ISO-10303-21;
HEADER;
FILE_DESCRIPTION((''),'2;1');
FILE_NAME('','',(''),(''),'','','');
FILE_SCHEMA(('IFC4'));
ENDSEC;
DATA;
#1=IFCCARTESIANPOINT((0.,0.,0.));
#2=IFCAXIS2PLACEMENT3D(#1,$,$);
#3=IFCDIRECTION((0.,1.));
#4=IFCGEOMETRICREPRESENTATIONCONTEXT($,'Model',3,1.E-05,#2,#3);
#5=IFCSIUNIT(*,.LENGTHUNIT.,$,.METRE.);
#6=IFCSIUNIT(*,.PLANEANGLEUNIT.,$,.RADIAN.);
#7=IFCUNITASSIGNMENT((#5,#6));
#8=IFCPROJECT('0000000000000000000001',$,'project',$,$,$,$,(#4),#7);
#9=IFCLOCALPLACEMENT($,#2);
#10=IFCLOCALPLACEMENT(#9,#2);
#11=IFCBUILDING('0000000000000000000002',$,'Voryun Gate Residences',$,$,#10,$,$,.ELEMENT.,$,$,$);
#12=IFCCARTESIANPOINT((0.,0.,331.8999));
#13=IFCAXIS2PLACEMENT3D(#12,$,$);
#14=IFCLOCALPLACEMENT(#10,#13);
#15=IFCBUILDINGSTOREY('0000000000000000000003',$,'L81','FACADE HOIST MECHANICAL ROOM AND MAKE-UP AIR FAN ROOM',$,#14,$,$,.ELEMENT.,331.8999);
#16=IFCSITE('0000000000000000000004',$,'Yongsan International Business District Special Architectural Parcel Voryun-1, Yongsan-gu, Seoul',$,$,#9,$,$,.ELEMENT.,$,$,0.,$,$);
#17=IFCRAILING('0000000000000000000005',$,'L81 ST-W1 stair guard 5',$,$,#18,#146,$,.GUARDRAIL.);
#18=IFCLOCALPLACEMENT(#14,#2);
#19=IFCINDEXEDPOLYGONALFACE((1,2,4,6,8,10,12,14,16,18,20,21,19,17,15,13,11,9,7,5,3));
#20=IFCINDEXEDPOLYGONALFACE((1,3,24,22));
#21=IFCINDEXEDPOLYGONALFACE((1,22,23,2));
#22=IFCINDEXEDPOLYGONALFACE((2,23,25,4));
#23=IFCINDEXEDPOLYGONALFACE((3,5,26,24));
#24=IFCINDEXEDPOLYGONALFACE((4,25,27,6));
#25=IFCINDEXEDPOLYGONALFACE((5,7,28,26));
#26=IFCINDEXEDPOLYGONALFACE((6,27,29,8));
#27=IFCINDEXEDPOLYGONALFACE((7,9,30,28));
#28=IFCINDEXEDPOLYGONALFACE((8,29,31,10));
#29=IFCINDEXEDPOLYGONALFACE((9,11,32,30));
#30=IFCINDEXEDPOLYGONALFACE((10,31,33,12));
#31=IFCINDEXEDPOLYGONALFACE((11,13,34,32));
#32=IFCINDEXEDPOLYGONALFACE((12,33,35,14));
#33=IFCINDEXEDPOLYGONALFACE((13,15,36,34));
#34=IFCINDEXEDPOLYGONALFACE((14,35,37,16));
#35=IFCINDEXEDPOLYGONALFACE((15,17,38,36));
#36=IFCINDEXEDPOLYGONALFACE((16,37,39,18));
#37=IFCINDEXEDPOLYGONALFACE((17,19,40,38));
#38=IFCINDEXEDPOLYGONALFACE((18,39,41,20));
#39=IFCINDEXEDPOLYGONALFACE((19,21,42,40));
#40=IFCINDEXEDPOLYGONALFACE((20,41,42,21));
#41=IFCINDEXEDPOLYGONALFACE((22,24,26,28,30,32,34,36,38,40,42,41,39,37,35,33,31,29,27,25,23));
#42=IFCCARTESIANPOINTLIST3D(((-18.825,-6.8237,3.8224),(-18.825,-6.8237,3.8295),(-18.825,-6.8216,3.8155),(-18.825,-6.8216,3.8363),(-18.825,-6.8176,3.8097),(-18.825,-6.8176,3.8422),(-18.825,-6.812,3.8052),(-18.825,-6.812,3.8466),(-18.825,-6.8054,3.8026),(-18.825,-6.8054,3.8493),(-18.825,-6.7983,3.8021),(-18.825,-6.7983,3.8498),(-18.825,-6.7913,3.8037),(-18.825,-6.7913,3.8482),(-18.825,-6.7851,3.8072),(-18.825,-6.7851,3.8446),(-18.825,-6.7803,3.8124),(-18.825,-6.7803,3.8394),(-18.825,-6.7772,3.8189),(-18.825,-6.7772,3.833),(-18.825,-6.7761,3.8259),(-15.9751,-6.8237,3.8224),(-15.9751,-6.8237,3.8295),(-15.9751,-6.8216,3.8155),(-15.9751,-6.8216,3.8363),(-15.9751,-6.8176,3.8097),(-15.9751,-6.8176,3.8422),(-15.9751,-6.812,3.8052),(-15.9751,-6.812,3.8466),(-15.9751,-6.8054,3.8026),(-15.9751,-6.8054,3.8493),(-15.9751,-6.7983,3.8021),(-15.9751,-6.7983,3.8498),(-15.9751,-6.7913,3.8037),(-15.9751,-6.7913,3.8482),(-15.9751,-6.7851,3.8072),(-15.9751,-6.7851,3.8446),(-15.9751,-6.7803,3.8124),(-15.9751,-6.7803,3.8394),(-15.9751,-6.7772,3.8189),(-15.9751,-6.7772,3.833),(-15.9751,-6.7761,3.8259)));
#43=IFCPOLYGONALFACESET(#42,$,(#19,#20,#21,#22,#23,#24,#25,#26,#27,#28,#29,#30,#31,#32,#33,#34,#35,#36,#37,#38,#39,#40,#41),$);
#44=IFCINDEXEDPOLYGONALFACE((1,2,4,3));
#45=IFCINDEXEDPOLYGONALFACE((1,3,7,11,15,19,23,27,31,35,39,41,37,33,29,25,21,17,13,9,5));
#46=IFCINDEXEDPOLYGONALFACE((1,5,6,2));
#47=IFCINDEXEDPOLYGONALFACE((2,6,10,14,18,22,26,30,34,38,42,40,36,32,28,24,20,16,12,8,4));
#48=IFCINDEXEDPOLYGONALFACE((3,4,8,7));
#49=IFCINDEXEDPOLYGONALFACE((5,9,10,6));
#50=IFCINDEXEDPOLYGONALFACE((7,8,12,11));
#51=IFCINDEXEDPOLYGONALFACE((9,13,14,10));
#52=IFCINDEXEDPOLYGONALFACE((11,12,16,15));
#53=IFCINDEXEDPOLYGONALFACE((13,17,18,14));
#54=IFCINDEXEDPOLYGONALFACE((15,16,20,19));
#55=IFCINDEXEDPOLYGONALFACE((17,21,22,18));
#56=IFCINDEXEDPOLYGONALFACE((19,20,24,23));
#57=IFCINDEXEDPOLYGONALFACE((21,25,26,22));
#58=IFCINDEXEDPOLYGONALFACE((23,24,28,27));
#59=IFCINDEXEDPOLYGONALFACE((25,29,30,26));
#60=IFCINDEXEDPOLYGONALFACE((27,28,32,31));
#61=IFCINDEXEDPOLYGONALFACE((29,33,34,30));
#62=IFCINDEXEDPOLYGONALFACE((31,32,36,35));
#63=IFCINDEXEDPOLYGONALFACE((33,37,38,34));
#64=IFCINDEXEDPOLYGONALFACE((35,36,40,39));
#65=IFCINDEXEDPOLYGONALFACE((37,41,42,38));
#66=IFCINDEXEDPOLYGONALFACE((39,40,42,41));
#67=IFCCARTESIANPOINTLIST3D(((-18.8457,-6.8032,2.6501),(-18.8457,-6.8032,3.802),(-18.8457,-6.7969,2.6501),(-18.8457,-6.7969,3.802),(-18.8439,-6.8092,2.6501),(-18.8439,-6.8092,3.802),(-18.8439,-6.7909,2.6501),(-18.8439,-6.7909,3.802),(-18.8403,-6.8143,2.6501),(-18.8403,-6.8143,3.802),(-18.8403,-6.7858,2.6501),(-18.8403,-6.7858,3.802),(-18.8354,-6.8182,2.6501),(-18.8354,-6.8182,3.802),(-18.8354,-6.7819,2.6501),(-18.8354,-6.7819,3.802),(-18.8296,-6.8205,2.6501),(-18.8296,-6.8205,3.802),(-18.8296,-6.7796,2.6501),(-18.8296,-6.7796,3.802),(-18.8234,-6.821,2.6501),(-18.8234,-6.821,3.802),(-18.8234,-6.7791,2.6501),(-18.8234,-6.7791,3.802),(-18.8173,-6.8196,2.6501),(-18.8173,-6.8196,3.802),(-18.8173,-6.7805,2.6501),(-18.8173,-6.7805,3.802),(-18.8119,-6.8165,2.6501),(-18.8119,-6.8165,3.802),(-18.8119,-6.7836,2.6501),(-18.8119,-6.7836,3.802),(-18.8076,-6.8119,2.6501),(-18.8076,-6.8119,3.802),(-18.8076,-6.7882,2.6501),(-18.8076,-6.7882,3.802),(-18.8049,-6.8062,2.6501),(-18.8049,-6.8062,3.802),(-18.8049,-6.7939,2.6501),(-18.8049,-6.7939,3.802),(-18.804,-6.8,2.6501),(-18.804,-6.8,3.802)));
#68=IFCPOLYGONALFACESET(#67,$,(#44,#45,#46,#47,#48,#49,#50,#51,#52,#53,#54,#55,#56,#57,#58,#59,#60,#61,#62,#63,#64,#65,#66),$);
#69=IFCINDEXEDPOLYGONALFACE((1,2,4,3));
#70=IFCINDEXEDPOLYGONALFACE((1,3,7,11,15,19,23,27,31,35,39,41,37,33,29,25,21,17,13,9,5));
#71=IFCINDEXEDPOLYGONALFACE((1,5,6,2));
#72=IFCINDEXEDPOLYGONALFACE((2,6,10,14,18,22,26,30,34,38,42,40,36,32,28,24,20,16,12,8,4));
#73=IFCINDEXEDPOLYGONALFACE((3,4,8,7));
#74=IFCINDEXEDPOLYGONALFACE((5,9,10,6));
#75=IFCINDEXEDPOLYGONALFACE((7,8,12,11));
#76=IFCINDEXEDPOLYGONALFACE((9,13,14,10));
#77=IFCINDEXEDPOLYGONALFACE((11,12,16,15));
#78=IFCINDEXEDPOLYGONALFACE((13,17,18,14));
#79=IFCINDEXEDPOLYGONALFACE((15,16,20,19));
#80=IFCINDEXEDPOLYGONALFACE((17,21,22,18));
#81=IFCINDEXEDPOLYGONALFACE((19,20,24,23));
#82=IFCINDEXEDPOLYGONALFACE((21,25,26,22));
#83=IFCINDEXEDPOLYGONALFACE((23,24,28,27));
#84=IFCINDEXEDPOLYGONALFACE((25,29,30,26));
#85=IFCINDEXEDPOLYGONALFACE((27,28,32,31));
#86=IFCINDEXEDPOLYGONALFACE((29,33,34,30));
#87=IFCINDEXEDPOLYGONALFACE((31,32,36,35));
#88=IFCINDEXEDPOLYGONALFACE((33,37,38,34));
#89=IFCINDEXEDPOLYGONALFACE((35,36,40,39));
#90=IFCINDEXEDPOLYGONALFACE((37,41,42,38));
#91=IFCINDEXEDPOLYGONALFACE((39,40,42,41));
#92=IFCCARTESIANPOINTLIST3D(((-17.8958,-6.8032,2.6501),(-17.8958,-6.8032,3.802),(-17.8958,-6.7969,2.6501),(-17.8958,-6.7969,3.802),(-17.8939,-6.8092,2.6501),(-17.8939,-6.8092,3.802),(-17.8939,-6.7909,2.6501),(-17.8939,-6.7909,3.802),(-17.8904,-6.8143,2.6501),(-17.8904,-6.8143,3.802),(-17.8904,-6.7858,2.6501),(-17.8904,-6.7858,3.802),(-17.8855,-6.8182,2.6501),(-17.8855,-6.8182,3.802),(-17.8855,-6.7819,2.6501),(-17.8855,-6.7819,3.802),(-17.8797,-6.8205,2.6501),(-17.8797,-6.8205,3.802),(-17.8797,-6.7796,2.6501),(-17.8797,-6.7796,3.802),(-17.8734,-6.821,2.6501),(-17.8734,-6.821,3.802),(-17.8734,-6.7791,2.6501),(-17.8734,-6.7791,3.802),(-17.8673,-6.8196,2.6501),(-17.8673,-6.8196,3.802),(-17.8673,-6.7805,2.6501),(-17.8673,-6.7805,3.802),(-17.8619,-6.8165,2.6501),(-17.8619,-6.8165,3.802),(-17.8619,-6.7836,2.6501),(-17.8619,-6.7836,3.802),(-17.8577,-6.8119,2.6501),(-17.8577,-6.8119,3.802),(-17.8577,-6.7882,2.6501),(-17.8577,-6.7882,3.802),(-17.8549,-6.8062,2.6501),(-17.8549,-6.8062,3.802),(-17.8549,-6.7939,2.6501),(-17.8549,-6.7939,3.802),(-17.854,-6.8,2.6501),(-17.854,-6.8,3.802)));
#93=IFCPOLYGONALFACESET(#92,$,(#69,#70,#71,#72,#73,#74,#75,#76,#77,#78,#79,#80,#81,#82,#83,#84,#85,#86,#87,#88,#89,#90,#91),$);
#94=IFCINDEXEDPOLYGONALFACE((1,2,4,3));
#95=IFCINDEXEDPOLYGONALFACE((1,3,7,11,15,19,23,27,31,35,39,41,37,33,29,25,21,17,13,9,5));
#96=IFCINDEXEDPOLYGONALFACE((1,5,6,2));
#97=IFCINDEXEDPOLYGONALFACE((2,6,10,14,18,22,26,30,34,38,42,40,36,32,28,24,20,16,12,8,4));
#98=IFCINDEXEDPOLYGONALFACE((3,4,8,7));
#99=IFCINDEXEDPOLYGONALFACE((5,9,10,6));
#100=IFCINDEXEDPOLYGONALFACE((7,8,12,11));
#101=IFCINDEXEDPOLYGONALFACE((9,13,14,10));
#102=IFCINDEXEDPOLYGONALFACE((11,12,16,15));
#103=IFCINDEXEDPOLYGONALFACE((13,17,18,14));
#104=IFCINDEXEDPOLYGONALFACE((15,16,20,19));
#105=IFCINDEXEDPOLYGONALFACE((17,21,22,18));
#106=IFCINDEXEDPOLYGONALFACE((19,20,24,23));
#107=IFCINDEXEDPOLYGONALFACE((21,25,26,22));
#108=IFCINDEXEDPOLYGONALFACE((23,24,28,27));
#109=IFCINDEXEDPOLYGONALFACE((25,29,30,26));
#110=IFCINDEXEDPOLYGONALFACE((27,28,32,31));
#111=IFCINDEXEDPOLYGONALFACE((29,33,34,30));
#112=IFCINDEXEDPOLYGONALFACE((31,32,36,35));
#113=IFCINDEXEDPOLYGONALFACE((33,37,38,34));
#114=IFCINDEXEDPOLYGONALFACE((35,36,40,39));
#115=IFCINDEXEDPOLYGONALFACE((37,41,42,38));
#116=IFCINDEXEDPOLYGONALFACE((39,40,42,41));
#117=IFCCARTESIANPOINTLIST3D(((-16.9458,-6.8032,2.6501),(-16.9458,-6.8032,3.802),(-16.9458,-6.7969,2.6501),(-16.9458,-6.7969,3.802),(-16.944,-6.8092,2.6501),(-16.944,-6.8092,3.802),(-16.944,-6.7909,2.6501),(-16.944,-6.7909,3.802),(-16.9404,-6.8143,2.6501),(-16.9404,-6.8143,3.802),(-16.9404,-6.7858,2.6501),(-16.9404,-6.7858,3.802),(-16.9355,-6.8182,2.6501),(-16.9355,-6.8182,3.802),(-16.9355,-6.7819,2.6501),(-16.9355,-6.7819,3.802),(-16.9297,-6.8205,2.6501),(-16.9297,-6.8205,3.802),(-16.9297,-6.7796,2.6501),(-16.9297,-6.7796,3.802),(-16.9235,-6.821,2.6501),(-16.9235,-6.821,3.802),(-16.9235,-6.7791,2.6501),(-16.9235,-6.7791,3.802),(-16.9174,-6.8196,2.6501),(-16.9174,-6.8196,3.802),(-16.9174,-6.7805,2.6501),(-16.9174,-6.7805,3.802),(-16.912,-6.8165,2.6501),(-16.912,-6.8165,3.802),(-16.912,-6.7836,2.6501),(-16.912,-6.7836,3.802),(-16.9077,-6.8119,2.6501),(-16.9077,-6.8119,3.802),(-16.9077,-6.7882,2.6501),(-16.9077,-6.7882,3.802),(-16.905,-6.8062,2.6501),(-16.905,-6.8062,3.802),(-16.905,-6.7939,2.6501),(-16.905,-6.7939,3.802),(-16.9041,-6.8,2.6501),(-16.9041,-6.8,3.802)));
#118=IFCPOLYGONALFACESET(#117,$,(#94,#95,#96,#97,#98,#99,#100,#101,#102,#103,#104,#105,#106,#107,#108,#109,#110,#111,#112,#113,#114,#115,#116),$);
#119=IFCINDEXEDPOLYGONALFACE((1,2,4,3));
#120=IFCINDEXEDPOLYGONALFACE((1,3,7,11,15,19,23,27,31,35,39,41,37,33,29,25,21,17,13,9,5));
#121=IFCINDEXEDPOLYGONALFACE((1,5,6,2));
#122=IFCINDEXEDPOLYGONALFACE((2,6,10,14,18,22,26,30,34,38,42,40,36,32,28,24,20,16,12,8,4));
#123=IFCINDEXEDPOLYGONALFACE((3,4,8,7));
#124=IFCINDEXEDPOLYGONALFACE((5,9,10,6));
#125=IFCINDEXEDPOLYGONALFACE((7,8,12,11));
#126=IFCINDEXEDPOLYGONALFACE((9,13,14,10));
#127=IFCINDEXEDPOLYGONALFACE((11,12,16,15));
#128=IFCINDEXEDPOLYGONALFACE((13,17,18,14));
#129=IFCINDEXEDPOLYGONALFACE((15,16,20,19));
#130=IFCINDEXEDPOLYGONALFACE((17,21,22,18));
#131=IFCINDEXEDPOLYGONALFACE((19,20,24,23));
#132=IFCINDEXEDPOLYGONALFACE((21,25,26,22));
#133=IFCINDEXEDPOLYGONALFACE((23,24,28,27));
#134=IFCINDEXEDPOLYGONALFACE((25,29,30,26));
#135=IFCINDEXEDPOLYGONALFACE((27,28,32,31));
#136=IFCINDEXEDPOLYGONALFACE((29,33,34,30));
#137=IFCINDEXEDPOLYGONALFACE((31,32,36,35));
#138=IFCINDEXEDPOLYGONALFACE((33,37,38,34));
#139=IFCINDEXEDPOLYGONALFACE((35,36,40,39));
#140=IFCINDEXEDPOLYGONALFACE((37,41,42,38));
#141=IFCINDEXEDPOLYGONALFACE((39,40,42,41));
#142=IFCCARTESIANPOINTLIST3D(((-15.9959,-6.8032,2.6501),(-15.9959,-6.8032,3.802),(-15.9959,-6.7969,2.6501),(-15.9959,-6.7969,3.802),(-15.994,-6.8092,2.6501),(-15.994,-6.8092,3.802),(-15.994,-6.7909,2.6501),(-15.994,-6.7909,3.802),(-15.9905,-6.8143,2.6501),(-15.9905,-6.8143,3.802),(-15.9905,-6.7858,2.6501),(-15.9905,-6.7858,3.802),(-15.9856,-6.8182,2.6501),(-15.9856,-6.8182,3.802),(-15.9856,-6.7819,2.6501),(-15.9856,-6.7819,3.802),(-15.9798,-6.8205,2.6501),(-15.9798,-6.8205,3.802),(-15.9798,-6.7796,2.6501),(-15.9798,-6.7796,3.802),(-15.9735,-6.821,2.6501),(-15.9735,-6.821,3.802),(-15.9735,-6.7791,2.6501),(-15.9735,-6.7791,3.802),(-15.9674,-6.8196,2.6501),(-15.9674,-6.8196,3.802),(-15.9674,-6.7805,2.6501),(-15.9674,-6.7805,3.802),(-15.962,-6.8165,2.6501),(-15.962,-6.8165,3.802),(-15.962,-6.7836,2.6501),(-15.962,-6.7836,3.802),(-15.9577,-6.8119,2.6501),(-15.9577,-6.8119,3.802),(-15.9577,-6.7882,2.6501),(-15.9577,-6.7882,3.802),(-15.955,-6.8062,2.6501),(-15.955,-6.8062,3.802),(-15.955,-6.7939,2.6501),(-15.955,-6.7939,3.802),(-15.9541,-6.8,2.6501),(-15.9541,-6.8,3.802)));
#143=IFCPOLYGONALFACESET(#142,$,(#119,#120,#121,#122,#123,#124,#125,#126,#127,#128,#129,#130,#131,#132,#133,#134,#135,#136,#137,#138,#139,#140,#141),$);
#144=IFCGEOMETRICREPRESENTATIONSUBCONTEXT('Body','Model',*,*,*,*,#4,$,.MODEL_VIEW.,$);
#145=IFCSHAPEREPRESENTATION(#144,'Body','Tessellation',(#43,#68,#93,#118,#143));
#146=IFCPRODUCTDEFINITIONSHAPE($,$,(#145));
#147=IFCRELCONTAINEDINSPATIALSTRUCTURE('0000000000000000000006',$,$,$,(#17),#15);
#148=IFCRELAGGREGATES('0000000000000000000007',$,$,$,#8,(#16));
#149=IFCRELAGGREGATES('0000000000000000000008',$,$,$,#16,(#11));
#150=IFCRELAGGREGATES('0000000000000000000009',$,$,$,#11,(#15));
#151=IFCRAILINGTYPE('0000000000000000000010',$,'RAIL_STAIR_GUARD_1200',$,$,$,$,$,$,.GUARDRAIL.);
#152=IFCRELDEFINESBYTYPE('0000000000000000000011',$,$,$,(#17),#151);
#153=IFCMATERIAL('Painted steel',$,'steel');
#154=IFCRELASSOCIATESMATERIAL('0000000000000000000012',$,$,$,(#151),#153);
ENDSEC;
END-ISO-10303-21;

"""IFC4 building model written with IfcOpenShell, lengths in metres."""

from ifc_helpers import new_model, si_unit, direction, frame, origin, origin_2d, place, context, subcontext, project, spatial, circle, extrude, material, type_object, element, save


model = new_model("IFC4")

# Units and contexts
model_context = context("Model", 3, precision=1e-05, world=origin(), true_north=direction((0.0, 1.0)))
body_context = subcontext(model_context, "Body", "Model", "MODEL_VIEW")
ifc_project = project(units=[si_unit("LENGTHUNIT", "METRE"), si_unit("PLANEANGLEUNIT", "RADIAN")], contexts=[model_context])

# Site, building, storey
site_placement = place(None, origin())
site = spatial("IfcSite", under=ifc_project, at=site_placement, Name="Yongsan International Business District Special Architectural Parcel Voryun-1, Yongsan-gu, Seoul", CompositionType="ELEMENT", RefElevation=0.0)
building_placement = place(site_placement, origin())
building = spatial("IfcBuilding", under=site, at=building_placement, Name="Voryun Gate Residences", CompositionType="ELEMENT")
storey_placement = place(building_placement, frame((0.0, 0.0, 331.8999)))
storey = spatial("IfcBuildingStorey", under=building, at=storey_placement, Name="L81", Description="FACADE HOIST MECHANICAL ROOM AND MAKE-UP AIR FAN ROOM", CompositionType="ELEMENT", Elevation=331.8999)

# Railing
ifc_material_1 = material(Name="Painted steel", Category="steel")
railing_type = type_object("IfcRailingType", Name="RAIL_STAIR_GUARD_1200", PredefinedType="GUARDRAIL", material=ifc_material_1)
railing_1_placement = place(storey_placement, frame((-18.825, -6.8, 2.6501)))
element("IfcRailing", 1, at=railing_1_placement, inside=storey, type_object=railing_type, Name="L81 ST-W1 stair guard 5", PredefinedType="GUARDRAIL", context=body_context, shape_type="SweptSolid", body=[
    extrude(circle(Radius=0.0239, at=origin_2d()), frame((0.0, 0.0, 1.1758), z_axis=(1.0, 0.0, 0.0), x_axis=(0.0, 1.0, 0.0)), (0.0, 0.0, 1.0), 2.8499),
    extrude(circle(Radius=0.021, at=origin_2d()), origin(), (0.0, 0.0, 1.0), 1.1519),
    extrude(circle(Radius=0.021, at=origin_2d()), frame((0.95, 0.0, 0.0)), (0.0, 0.0, 1.0), 1.1519),
    extrude(circle(Radius=0.021, at=origin_2d()), frame((1.8999, 0.0, 0.0)), (0.0, 0.0, 1.0), 1.1519),
    extrude(circle(Radius=0.021, at=origin_2d()), frame((2.8499, 0.0, 0.0)), (0.0, 0.0, 1.0), 1.1519),
])

save(model, "model.ifc")
